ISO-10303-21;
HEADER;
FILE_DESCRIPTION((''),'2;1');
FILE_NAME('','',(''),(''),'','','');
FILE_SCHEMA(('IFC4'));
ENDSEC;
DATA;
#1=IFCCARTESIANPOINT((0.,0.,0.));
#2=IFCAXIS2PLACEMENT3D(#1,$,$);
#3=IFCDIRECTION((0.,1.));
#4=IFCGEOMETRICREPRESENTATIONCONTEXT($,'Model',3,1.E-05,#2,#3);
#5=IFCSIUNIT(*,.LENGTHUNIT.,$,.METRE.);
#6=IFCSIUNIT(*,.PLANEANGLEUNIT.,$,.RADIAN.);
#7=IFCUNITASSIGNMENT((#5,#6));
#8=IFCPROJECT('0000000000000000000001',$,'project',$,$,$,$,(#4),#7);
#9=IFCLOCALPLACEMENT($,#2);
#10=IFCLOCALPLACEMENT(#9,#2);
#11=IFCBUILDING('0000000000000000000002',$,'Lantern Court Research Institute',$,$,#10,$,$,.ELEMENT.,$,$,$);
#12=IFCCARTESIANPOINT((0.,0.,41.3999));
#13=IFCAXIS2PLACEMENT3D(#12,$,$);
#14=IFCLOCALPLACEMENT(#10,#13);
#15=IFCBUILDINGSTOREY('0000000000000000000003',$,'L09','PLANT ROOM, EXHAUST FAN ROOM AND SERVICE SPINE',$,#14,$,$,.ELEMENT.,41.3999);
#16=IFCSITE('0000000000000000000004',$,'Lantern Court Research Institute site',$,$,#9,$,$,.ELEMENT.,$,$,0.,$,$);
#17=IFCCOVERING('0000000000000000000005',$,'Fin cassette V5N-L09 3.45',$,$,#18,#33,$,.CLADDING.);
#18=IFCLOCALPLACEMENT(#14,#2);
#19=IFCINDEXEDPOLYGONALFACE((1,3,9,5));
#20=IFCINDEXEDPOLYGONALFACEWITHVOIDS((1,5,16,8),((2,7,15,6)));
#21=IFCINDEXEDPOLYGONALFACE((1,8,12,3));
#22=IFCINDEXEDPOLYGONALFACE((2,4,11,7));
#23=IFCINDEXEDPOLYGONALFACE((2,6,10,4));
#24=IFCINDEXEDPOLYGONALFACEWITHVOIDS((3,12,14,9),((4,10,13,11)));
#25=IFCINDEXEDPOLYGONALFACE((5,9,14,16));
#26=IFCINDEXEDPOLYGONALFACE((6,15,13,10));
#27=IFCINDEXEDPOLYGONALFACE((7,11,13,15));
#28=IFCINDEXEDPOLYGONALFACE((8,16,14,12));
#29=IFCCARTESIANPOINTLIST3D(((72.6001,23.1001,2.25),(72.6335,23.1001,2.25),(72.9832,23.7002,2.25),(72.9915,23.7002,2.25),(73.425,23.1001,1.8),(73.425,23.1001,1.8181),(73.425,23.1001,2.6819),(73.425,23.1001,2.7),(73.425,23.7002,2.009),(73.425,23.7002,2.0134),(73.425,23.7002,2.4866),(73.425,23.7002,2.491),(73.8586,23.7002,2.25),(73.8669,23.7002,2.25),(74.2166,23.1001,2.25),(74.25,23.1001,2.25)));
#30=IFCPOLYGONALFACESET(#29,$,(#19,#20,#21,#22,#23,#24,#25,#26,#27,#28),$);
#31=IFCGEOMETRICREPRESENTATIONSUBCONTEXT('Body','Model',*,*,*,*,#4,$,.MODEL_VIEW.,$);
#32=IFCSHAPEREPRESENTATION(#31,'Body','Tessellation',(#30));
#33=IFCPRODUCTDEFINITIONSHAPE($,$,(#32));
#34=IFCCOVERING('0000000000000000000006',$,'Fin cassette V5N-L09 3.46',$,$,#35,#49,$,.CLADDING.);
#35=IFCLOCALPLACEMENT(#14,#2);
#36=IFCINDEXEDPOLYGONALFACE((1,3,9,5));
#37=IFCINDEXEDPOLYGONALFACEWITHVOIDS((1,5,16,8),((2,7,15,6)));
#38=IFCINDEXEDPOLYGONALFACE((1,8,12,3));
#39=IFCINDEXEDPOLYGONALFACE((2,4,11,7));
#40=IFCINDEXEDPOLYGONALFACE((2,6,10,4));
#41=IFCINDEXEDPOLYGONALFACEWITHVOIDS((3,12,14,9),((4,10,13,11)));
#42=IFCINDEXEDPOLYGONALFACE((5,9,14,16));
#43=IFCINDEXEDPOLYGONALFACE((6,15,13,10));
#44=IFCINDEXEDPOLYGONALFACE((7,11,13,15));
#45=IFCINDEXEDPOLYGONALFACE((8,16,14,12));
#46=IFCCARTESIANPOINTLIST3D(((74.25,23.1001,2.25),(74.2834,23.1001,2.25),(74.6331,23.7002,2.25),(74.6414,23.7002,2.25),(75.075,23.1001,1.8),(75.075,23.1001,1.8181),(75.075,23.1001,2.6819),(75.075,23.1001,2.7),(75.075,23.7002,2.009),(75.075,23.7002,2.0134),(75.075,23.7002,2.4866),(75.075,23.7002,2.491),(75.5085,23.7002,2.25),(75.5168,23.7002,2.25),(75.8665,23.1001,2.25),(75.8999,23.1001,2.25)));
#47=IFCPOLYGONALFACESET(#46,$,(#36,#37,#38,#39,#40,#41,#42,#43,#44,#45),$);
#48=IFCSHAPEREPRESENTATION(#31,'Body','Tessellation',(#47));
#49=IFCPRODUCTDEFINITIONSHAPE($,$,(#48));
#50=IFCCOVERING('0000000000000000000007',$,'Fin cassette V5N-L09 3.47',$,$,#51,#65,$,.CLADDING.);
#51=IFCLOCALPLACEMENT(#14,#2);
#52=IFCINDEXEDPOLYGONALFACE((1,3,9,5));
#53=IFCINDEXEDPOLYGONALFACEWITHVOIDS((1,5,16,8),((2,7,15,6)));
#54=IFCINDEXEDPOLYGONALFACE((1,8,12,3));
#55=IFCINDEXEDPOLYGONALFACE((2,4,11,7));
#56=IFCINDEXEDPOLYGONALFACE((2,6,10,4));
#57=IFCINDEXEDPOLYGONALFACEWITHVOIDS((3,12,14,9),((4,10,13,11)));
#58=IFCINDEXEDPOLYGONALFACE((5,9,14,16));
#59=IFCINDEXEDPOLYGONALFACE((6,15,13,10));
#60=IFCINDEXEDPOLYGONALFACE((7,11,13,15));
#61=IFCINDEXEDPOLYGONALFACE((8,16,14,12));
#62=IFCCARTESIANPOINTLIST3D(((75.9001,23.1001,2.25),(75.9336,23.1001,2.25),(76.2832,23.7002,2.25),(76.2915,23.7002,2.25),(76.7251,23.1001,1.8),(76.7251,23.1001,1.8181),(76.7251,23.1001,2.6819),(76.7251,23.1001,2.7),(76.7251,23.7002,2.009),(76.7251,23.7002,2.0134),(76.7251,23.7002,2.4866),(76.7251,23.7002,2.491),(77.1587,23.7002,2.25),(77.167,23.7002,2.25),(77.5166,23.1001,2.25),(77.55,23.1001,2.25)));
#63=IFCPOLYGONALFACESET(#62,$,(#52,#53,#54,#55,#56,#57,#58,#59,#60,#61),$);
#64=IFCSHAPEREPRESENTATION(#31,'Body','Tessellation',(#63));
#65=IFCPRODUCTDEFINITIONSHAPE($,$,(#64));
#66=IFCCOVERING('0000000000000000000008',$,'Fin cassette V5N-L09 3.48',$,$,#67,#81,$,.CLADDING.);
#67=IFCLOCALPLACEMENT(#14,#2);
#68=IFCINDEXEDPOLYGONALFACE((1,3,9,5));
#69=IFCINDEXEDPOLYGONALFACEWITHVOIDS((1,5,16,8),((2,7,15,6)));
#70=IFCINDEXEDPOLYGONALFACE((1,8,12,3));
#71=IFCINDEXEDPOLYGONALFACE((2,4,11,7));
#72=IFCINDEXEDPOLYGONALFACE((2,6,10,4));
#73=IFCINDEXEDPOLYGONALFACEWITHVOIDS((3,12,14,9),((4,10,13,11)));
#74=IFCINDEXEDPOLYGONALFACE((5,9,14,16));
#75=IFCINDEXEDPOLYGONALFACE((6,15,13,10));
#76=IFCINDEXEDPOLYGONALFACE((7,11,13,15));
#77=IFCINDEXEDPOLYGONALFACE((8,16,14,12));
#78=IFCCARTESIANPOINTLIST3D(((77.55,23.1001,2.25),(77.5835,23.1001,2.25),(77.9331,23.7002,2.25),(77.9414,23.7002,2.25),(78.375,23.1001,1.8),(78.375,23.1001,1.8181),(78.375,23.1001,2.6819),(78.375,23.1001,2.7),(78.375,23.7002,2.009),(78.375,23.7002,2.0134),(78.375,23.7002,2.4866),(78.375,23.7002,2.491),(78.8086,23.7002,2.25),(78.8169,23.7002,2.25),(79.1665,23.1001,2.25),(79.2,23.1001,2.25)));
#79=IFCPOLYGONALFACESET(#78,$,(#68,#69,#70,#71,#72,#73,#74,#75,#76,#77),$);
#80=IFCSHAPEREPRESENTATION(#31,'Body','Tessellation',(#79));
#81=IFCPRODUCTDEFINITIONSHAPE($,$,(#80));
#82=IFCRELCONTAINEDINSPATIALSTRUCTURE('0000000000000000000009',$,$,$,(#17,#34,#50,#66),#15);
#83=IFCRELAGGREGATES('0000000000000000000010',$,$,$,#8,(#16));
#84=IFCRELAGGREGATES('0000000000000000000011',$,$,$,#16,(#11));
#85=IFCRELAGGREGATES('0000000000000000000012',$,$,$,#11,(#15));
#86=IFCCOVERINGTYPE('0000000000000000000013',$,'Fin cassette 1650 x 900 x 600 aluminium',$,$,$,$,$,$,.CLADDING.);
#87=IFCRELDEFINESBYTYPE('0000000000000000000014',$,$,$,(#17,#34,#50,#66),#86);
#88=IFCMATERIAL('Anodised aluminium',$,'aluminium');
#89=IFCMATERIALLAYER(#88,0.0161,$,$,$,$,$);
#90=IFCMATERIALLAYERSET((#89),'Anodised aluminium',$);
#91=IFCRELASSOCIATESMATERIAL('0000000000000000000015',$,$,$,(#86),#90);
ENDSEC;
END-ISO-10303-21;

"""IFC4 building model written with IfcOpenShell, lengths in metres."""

from ifc_helpers import new_model, entity, si_unit, direction, frame, origin, place, context, subcontext, project, spatial, material, layer, layer_set, type_object, element, save


model = new_model("IFC4")

# Units and contexts
model_context = context("Model", 3, precision=1e-05, world=origin(), true_north=direction((0.0, 1.0)))
body_context = subcontext(model_context, "Body", "Model", "MODEL_VIEW")
ifc_project = project(units=[si_unit("LENGTHUNIT", "METRE"), si_unit("PLANEANGLEUNIT", "RADIAN")], contexts=[model_context])

# Site, building, storey
site_placement = place(None, origin())
site = spatial("IfcSite", under=ifc_project, at=site_placement, Name="Lantern Court Research Institute site", CompositionType="ELEMENT", RefElevation=0.0)
building_placement = place(site_placement, origin())
building = spatial("IfcBuilding", under=site, at=building_placement, Name="Lantern Court Research Institute", CompositionType="ELEMENT")
storey_placement = place(building_placement, frame((0.0, 0.0, 41.3999)))
storey = spatial("IfcBuildingStorey", under=building, at=storey_placement, Name="L09", Description="PLANT ROOM, EXHAUST FAN ROOM AND SERVICE SPINE", CompositionType="ELEMENT", Elevation=41.3999)

# Coverings
ifc_material_1 = material(Name="Anodised aluminium", Category="aluminium")
ifc_layer_1 = layer(ifc_material_1, 0.0161)
ifc_layer_set_1 = layer_set([ifc_layer_1], Name="Anodised aluminium")
covering_type = type_object("IfcCoveringType", Name="Fin cassette 1650 x 900 x 600 aluminium", PredefinedType="CLADDING", material=ifc_layer_set_1)
covering_1_placement = place(storey_placement, frame((73.425, 23.1001, 2.25), z_axis=(0.0, 1.0, 0.0), x_axis=(-1.0, 0.0, 0.0)))
cartesian_point_1 = entity("IfcCartesianPoint", [0.825, 0.0])
cartesian_point_2 = entity("IfcCartesianPoint", [0.7915, 0.0])
cartesian_point_3 = entity("IfcCartesianPoint", [0.4419, 0.0])
cartesian_point_4 = entity("IfcCartesianPoint", [0.4336, 0.0])
element("IfcCovering", 1, at=covering_1_placement, inside=storey, type_object=covering_type, Name="Fin cassette V5N-L09 3.45", PredefinedType="CLADDING", context=body_context, shape_type="SweptSolid", body=[
    entity("IfcExtrudedAreaSolidTapered", entity("IfcArbitraryProfileDefWithVoids", "AREA", None, entity("IfcPolyline", [cartesian_point_1, entity("IfcCartesianPoint", [0.0, 0.45]), entity("IfcCartesianPoint", [-0.825, 0.0]), entity("IfcCartesianPoint", [0.0, -0.45]), cartesian_point_1]), [entity("IfcPolyline", [cartesian_point_2, entity("IfcCartesianPoint", [0.0, 0.4319]), entity("IfcCartesianPoint", [-0.7915, 0.0]), entity("IfcCartesianPoint", [0.0, -0.4319]), cartesian_point_2])]), entity("IfcAxis2Placement3D", entity("IfcCartesianPoint", [0.0, 0.0, 0.0])), entity("IfcDirection", [0.0, 0.0, 1.0]), 0.6001, entity("IfcArbitraryProfileDefWithVoids", "AREA", None, entity("IfcPolyline", [cartesian_point_3, entity("IfcCartesianPoint", [0.0, 0.241]), entity("IfcCartesianPoint", [-0.4419, 0.0]), entity("IfcCartesianPoint", [0.0, -0.241]), cartesian_point_3]), [entity("IfcPolyline", [cartesian_point_4, entity("IfcCartesianPoint", [0.0, 0.2366]), entity("IfcCartesianPoint", [-0.4336, 0.0]), entity("IfcCartesianPoint", [0.0, -0.2366]), cartesian_point_4])])),
])
covering_2_placement = place(storey_placement, frame((75.075, 23.1001, 2.25), z_axis=(0.0, 1.0, 0.0), x_axis=(-1.0, 0.0, 0.0)))
cartesian_point_5 = entity("IfcCartesianPoint", [0.825, 0.0])
cartesian_point_6 = entity("IfcCartesianPoint", [0.7915, 0.0])
cartesian_point_7 = entity("IfcCartesianPoint", [0.4419, 0.0])
cartesian_point_8 = entity("IfcCartesianPoint", [0.4336, 0.0])
element("IfcCovering", 2, at=covering_2_placement, inside=storey, type_object=covering_type, Name="Fin cassette V5N-L09 3.46", PredefinedType="CLADDING", context=body_context, shape_type="SweptSolid", body=[
    entity("IfcExtrudedAreaSolidTapered", entity("IfcArbitraryProfileDefWithVoids", "AREA", None, entity("IfcPolyline", [cartesian_point_5, entity("IfcCartesianPoint", [0.0, 0.45]), entity("IfcCartesianPoint", [-0.825, 0.0]), entity("IfcCartesianPoint", [0.0, -0.45]), cartesian_point_5]), [entity("IfcPolyline", [cartesian_point_6, entity("IfcCartesianPoint", [0.0, 0.4319]), entity("IfcCartesianPoint", [-0.7915, 0.0]), entity("IfcCartesianPoint", [0.0, -0.4319]), cartesian_point_6])]), entity("IfcAxis2Placement3D", entity("IfcCartesianPoint", [0.0, 0.0, 0.0])), entity("IfcDirection", [0.0, 0.0, 1.0]), 0.6001, entity("IfcArbitraryProfileDefWithVoids", "AREA", None, entity("IfcPolyline", [cartesian_point_7, entity("IfcCartesianPoint", [0.0, 0.241]), entity("IfcCartesianPoint", [-0.4419, 0.0]), entity("IfcCartesianPoint", [0.0, -0.241]), cartesian_point_7]), [entity("IfcPolyline", [cartesian_point_8, entity("IfcCartesianPoint", [0.0, 0.2366]), entity("IfcCartesianPoint", [-0.4336, 0.0]), entity("IfcCartesianPoint", [0.0, -0.2366]), cartesian_point_8])])),
])
covering_3_placement = place(storey_placement, frame((76.7251, 23.1001, 2.25), z_axis=(0.0, 1.0, 0.0), x_axis=(-1.0, 0.0, 0.0)))
cartesian_point_9 = entity("IfcCartesianPoint", [0.825, 0.0])
cartesian_point_10 = entity("IfcCartesianPoint", [0.7915, 0.0])
cartesian_point_11 = entity("IfcCartesianPoint", [0.4419, 0.0])
cartesian_point_12 = entity("IfcCartesianPoint", [0.4336, 0.0])
element("IfcCovering", 3, at=covering_3_placement, inside=storey, type_object=covering_type, Name="Fin cassette V5N-L09 3.47", PredefinedType="CLADDING", context=body_context, shape_type="SweptSolid", body=[
    entity("IfcExtrudedAreaSolidTapered", entity("IfcArbitraryProfileDefWithVoids", "AREA", None, entity("IfcPolyline", [cartesian_point_9, entity("IfcCartesianPoint", [0.0, 0.45]), entity("IfcCartesianPoint", [-0.825, 0.0]), entity("IfcCartesianPoint", [0.0, -0.45]), cartesian_point_9]), [entity("IfcPolyline", [cartesian_point_10, entity("IfcCartesianPoint", [0.0, 0.4319]), entity("IfcCartesianPoint", [-0.7915, 0.0]), entity("IfcCartesianPoint", [0.0, -0.4319]), cartesian_point_10])]), entity("IfcAxis2Placement3D", entity("IfcCartesianPoint", [0.0, 0.0, 0.0])), entity("IfcDirection", [0.0, 0.0, 1.0]), 0.6001, entity("IfcArbitraryProfileDefWithVoids", "AREA", None, entity("IfcPolyline", [cartesian_point_11, entity("IfcCartesianPoint", [0.0, 0.241]), entity("IfcCartesianPoint", [-0.4419, 0.0]), entity("IfcCartesianPoint", [0.0, -0.241]), cartesian_point_11]), [entity("IfcPolyline", [cartesian_point_12, entity("IfcCartesianPoint", [0.0, 0.2366]), entity("IfcCartesianPoint", [-0.4336, 0.0]), entity("IfcCartesianPoint", [0.0, -0.2366]), cartesian_point_12])])),
])
covering_4_placement = place(storey_placement, frame((78.375, 23.1001, 2.25), z_axis=(0.0, 1.0, 0.0), x_axis=(-1.0, 0.0, 0.0)))
cartesian_point_13 = entity("IfcCartesianPoint", [0.825, 0.0])
cartesian_point_14 = entity("IfcCartesianPoint", [0.7915, 0.0])
cartesian_point_15 = entity("IfcCartesianPoint", [0.4419, 0.0])
cartesian_point_16 = entity("IfcCartesianPoint", [0.4336, 0.0])
element("IfcCovering", 4, at=covering_4_placement, inside=storey, type_object=covering_type, Name="Fin cassette V5N-L09 3.48", PredefinedType="CLADDING", context=body_context, shape_type="SweptSolid", body=[
    entity("IfcExtrudedAreaSolidTapered", entity("IfcArbitraryProfileDefWithVoids", "AREA", None, entity("IfcPolyline", [cartesian_point_13, entity("IfcCartesianPoint", [0.0, 0.45]), entity("IfcCartesianPoint", [-0.825, 0.0]), entity("IfcCartesianPoint", [0.0, -0.45]), cartesian_point_13]), [entity("IfcPolyline", [cartesian_point_14, entity("IfcCartesianPoint", [0.0, 0.4319]), entity("IfcCartesianPoint", [-0.7915, 0.0]), entity("IfcCartesianPoint", [0.0, -0.4319]), cartesian_point_14])]), entity("IfcAxis2Placement3D", entity("IfcCartesianPoint", [0.0, 0.0, 0.0])), entity("IfcDirection", [0.0, 0.0, 1.0]), 0.6001, entity("IfcArbitraryProfileDefWithVoids", "AREA", None, entity("IfcPolyline", [cartesian_point_15, entity("IfcCartesianPoint", [0.0, 0.241]), entity("IfcCartesianPoint", [-0.4419, 0.0]), entity("IfcCartesianPoint", [0.0, -0.241]), cartesian_point_15]), [entity("IfcPolyline", [cartesian_point_16, entity("IfcCartesianPoint", [0.0, 0.2366]), entity("IfcCartesianPoint", [-0.4336, 0.0]), entity("IfcCartesianPoint", [0.0, -0.2366]), cartesian_point_16])])),
])

save(model, "model.ifc")
